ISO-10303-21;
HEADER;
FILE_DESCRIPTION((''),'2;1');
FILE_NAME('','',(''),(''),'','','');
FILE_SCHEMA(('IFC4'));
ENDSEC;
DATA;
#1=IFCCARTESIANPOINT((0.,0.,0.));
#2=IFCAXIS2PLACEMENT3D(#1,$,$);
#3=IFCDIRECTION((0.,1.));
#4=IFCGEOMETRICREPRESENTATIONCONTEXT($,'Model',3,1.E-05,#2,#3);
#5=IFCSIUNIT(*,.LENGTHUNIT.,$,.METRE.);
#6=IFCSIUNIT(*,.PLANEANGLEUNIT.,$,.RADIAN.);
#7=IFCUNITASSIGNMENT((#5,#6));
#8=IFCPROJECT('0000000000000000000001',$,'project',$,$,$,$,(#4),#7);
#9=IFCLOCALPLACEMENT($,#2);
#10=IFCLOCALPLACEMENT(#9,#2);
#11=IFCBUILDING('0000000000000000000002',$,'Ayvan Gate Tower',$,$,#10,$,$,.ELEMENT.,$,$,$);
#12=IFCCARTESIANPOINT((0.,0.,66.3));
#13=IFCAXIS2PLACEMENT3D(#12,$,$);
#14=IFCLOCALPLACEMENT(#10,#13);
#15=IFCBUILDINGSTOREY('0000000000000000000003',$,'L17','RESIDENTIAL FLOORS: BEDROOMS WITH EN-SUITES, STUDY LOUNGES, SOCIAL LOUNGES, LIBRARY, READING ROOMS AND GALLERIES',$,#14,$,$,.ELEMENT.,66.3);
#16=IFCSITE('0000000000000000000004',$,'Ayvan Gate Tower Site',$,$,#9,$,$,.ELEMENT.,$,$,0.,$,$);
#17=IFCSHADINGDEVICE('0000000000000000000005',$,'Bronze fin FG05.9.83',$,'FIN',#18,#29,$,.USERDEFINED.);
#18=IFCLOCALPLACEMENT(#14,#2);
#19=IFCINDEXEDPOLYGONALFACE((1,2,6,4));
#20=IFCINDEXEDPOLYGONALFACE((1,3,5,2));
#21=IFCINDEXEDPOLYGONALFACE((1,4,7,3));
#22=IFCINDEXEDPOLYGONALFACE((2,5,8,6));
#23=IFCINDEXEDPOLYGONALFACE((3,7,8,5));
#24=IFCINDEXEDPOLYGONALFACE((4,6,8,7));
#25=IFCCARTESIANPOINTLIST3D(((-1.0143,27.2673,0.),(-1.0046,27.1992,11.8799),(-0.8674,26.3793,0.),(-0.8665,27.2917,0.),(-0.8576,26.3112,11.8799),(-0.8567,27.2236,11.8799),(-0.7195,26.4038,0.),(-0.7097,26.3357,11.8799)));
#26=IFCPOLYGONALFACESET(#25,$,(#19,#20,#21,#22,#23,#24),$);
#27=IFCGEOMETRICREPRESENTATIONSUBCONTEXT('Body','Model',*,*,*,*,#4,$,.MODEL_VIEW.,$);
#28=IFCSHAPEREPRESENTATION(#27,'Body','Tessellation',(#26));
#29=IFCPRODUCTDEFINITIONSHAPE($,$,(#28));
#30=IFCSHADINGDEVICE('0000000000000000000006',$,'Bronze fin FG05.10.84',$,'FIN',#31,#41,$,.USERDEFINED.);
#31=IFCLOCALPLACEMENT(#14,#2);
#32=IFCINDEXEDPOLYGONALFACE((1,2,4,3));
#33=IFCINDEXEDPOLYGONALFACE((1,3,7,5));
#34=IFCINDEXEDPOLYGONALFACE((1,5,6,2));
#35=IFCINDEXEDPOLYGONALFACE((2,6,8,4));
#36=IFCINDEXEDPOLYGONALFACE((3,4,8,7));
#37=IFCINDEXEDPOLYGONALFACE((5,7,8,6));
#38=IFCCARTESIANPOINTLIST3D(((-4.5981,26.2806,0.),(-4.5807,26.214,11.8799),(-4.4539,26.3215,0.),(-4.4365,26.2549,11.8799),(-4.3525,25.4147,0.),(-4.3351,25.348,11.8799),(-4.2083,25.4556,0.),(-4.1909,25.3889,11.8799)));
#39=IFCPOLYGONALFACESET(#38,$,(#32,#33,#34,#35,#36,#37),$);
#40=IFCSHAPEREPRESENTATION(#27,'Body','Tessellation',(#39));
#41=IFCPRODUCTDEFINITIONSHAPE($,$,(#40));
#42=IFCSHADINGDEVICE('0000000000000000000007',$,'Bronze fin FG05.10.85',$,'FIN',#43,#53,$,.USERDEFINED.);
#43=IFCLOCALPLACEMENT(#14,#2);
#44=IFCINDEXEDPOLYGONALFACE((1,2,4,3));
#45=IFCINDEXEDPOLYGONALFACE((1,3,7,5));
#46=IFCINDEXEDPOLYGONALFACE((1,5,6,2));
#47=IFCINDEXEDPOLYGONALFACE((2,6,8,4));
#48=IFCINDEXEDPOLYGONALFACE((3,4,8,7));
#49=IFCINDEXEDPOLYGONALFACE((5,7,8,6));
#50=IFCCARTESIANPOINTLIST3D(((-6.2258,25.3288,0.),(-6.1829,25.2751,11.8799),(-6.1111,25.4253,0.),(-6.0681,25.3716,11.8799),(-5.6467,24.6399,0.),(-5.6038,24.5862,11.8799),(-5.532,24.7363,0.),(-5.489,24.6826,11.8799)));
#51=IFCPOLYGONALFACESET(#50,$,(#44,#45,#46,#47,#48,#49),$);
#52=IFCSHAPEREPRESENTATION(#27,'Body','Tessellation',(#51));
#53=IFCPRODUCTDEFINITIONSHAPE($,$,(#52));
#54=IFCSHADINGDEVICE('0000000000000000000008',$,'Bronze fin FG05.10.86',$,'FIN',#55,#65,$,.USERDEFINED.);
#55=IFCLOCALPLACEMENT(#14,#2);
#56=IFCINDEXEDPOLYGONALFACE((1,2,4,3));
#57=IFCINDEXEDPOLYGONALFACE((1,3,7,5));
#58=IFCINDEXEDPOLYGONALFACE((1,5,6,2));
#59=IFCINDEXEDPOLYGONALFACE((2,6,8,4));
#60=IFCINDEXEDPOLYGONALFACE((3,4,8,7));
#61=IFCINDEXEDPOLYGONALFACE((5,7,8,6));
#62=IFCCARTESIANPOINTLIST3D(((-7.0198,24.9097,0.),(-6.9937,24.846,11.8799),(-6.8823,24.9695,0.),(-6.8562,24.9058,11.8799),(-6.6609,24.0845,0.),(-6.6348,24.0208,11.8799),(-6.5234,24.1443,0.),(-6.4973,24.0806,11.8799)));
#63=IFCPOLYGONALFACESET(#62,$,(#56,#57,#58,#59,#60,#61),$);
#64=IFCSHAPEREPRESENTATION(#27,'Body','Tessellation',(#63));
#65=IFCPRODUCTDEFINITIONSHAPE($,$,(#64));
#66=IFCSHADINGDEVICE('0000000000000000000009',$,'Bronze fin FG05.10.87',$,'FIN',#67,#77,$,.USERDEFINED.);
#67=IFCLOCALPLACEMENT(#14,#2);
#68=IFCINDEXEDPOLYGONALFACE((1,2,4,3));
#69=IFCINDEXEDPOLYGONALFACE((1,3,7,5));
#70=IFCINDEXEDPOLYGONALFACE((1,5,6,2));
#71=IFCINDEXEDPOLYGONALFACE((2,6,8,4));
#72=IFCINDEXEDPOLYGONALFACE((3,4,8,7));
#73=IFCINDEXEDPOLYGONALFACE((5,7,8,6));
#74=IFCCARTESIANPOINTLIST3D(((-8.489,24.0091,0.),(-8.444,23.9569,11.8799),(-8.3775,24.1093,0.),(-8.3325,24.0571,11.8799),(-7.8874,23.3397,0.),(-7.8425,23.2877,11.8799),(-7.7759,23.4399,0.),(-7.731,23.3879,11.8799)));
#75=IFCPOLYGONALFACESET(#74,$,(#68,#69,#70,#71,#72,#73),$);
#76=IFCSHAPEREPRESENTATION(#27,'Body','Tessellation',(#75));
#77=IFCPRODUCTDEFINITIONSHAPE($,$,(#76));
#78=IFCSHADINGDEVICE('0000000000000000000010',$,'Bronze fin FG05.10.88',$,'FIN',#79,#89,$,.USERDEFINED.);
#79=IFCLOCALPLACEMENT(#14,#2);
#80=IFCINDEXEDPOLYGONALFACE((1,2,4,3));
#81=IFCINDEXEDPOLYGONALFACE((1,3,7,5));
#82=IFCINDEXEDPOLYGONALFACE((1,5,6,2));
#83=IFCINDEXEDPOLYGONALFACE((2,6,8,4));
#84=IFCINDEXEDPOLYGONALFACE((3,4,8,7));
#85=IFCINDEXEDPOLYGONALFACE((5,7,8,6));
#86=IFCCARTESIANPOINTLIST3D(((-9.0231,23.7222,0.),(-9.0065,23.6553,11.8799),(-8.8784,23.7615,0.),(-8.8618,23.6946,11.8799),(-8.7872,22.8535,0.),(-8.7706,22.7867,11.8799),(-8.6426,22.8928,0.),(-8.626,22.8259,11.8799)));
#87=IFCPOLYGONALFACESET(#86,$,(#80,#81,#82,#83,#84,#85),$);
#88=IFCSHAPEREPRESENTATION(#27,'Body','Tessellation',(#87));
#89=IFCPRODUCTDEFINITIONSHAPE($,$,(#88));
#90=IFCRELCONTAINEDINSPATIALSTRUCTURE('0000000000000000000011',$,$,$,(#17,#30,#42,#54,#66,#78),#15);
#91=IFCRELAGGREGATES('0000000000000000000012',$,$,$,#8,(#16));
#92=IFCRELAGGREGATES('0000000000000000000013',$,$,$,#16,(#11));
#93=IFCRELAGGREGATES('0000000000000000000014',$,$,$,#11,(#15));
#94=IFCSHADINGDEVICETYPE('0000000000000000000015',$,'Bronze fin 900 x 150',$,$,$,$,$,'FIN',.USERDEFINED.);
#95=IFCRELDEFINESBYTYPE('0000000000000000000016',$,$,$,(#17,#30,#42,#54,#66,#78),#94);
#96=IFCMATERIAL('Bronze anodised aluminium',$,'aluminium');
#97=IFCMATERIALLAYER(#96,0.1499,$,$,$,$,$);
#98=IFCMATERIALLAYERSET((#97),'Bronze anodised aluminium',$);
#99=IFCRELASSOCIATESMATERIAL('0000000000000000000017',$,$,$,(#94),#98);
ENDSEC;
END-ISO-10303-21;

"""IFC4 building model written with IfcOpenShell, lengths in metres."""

from ifc_helpers import new_model, si_unit, direction, frame, origin, place, context, subcontext, project, spatial, polyline, outline, extrude, material, layer, layer_set, type_object, element, save


model = new_model("IFC4")

# Units and contexts
model_context = context("Model", 3, precision=1e-05, world=origin(), true_north=direction((0.0, 1.0)))
body_context = subcontext(model_context, "Body", "Model", "MODEL_VIEW")
ifc_project = project(units=[si_unit("LENGTHUNIT", "METRE"), si_unit("PLANEANGLEUNIT", "RADIAN")], contexts=[model_context])

# Site, building, storey
site_placement = place(None, origin())
site = spatial("IfcSite", under=ifc_project, at=site_placement, Name="Ayvan Gate Tower Site", CompositionType="ELEMENT", RefElevation=0.0)
building_placement = place(site_placement, origin())
building = spatial("IfcBuilding", under=site, at=building_placement, Name="Ayvan Gate Tower", CompositionType="ELEMENT")
storey_placement = place(building_placement, frame((0.0, 0.0, 66.3)))
storey = spatial("IfcBuildingStorey", under=building, at=storey_placement, Name="L17", Description="RESIDENTIAL FLOORS: BEDROOMS WITH EN-SUITES, STUDY LOUNGES, SOCIAL LOUNGES, LIBRARY, READING ROOMS AND GALLERIES", CompositionType="ELEMENT", Elevation=66.3)

# Shared definitions
ifc_material_1 = material(Name="Bronze anodised aluminium", Category="aluminium")

# Shading devices
ifc_layer_1 = layer(ifc_material_1, 0.1499)
ifc_layer_set_1 = layer_set([ifc_layer_1], Name="Bronze anodised aluminium")
shading_device_type = type_object("IfcShadingDeviceType", Name="Bronze fin 900 x 150", ElementType="FIN", PredefinedType="USERDEFINED", material=ifc_layer_set_1)
shading_device_1_placement = place(storey_placement, frame((-0.7195, 26.4038, 0.0), z_axis=(0.986577, 0.163299, 0.000125), x_axis=(-0.163299, 0.986577, 0.0)))
element("IfcShadingDevice", 1, at=shading_device_1_placement, inside=storey, type_object=shading_device_type, Name="Bronze fin FG05.9.83", ObjectType="FIN", PredefinedType="USERDEFINED", context=body_context, shape_type="SweptSolid", body=[
    extrude(outline(polyline([(0.0, 0.0), (0.9, 0.0), (0.8312, 11.8799), (-0.0688, 11.8799), (0.0, 0.0)])), origin(), (0.0, 0.0, -1.0), 0.1499),
])
shading_device_2_placement = place(storey_placement, frame((-4.2083, 25.4556, 0.0), z_axis=(0.962054, 0.272858, 0.000127), x_axis=(-0.272858, 0.962054, 0.0)))
element("IfcShadingDevice", 2, at=shading_device_2_placement, inside=storey, type_object=shading_device_type, Name="Bronze fin FG05.10.84", ObjectType="FIN", PredefinedType="USERDEFINED", context=body_context, shape_type="SweptSolid", body=[
    extrude(outline(polyline([(0.0, 0.0), (0.9001, 0.0), (0.8313, 11.8799), (-0.0689, 11.8799), (0.0, 0.0)])), origin(), (0.0, 0.0, -1.0), 0.1499),
])
shading_device_3_placement = place(storey_placement, frame((-5.532, 24.7363, 0.0), z_axis=(0.765502, 0.643434, 0.00014), x_axis=(-0.643434, 0.765502, 0.0)))
element("IfcShadingDevice", 3, at=shading_device_3_placement, inside=storey, type_object=shading_device_type, Name="Bronze fin FG05.10.85", ObjectType="FIN", PredefinedType="USERDEFINED", context=body_context, shape_type="SweptSolid", body=[
    extrude(outline(polyline([(0.0, 0.0), (0.9, 0.0), (0.8313, 11.8799), (-0.0688, 11.8799), (0.0, 0.0)])), origin(), (0.0, 0.0, -1.0), 0.1499),
])
shading_device_4_placement = place(storey_placement, frame((-6.5234, 24.1443, 0.0), z_axis=(0.917027, 0.398825, 0.000123), x_axis=(-0.398825, 0.917027, 0.0)))
element("IfcShadingDevice", 4, at=shading_device_4_placement, inside=storey, type_object=shading_device_type, Name="Bronze fin FG05.10.86", ObjectType="FIN", PredefinedType="USERDEFINED", context=body_context, shape_type="SweptSolid", body=[
    extrude(outline(polyline([(0.0, 0.0), (0.8999, 0.0), (0.831, 11.8799), (-0.0689, 11.8799), (0.0, 0.0)])), origin(), (0.0, 0.0, -1.0), 0.1499),
])
shading_device_5_placement = place(storey_placement, frame((-7.7759, 23.4399, 0.0), z_axis=(0.743746, 0.668462, 0.000121), x_axis=(-0.668462, 0.743746, 0.0)))
element("IfcShadingDevice", 5, at=shading_device_5_placement, inside=storey, type_object=shading_device_type, Name="Bronze fin FG05.10.87", ObjectType="FIN", PredefinedType="USERDEFINED", context=body_context, shape_type="SweptSolid", body=[
    extrude(outline(polyline([(0.0, 0.0), (0.9, 0.0), (0.8311, 11.8799), (-0.0687, 11.8799), (0.0, 0.0)])), origin(), (0.0, 0.0, -1.0), 0.1499),
])
shading_device_6_placement = place(storey_placement, frame((-8.6426, 22.8928, 0.0), z_axis=(0.965064, 0.262016, 0.000127), x_axis=(-0.262016, 0.965064, 0.0)))
element("IfcShadingDevice", 6, at=shading_device_6_placement, inside=storey, type_object=shading_device_type, Name="Bronze fin FG05.10.88", ObjectType="FIN", PredefinedType="USERDEFINED", context=body_context, shape_type="SweptSolid", body=[
    extrude(outline(polyline([(0.0, 0.0), (0.9001, 0.0), (0.8312, 11.8799), (-0.0689, 11.8799), (0.0, 0.0)])), origin(), (0.0, 0.0, -1.0), 0.1499),
])

save(model, "model.ifc")
